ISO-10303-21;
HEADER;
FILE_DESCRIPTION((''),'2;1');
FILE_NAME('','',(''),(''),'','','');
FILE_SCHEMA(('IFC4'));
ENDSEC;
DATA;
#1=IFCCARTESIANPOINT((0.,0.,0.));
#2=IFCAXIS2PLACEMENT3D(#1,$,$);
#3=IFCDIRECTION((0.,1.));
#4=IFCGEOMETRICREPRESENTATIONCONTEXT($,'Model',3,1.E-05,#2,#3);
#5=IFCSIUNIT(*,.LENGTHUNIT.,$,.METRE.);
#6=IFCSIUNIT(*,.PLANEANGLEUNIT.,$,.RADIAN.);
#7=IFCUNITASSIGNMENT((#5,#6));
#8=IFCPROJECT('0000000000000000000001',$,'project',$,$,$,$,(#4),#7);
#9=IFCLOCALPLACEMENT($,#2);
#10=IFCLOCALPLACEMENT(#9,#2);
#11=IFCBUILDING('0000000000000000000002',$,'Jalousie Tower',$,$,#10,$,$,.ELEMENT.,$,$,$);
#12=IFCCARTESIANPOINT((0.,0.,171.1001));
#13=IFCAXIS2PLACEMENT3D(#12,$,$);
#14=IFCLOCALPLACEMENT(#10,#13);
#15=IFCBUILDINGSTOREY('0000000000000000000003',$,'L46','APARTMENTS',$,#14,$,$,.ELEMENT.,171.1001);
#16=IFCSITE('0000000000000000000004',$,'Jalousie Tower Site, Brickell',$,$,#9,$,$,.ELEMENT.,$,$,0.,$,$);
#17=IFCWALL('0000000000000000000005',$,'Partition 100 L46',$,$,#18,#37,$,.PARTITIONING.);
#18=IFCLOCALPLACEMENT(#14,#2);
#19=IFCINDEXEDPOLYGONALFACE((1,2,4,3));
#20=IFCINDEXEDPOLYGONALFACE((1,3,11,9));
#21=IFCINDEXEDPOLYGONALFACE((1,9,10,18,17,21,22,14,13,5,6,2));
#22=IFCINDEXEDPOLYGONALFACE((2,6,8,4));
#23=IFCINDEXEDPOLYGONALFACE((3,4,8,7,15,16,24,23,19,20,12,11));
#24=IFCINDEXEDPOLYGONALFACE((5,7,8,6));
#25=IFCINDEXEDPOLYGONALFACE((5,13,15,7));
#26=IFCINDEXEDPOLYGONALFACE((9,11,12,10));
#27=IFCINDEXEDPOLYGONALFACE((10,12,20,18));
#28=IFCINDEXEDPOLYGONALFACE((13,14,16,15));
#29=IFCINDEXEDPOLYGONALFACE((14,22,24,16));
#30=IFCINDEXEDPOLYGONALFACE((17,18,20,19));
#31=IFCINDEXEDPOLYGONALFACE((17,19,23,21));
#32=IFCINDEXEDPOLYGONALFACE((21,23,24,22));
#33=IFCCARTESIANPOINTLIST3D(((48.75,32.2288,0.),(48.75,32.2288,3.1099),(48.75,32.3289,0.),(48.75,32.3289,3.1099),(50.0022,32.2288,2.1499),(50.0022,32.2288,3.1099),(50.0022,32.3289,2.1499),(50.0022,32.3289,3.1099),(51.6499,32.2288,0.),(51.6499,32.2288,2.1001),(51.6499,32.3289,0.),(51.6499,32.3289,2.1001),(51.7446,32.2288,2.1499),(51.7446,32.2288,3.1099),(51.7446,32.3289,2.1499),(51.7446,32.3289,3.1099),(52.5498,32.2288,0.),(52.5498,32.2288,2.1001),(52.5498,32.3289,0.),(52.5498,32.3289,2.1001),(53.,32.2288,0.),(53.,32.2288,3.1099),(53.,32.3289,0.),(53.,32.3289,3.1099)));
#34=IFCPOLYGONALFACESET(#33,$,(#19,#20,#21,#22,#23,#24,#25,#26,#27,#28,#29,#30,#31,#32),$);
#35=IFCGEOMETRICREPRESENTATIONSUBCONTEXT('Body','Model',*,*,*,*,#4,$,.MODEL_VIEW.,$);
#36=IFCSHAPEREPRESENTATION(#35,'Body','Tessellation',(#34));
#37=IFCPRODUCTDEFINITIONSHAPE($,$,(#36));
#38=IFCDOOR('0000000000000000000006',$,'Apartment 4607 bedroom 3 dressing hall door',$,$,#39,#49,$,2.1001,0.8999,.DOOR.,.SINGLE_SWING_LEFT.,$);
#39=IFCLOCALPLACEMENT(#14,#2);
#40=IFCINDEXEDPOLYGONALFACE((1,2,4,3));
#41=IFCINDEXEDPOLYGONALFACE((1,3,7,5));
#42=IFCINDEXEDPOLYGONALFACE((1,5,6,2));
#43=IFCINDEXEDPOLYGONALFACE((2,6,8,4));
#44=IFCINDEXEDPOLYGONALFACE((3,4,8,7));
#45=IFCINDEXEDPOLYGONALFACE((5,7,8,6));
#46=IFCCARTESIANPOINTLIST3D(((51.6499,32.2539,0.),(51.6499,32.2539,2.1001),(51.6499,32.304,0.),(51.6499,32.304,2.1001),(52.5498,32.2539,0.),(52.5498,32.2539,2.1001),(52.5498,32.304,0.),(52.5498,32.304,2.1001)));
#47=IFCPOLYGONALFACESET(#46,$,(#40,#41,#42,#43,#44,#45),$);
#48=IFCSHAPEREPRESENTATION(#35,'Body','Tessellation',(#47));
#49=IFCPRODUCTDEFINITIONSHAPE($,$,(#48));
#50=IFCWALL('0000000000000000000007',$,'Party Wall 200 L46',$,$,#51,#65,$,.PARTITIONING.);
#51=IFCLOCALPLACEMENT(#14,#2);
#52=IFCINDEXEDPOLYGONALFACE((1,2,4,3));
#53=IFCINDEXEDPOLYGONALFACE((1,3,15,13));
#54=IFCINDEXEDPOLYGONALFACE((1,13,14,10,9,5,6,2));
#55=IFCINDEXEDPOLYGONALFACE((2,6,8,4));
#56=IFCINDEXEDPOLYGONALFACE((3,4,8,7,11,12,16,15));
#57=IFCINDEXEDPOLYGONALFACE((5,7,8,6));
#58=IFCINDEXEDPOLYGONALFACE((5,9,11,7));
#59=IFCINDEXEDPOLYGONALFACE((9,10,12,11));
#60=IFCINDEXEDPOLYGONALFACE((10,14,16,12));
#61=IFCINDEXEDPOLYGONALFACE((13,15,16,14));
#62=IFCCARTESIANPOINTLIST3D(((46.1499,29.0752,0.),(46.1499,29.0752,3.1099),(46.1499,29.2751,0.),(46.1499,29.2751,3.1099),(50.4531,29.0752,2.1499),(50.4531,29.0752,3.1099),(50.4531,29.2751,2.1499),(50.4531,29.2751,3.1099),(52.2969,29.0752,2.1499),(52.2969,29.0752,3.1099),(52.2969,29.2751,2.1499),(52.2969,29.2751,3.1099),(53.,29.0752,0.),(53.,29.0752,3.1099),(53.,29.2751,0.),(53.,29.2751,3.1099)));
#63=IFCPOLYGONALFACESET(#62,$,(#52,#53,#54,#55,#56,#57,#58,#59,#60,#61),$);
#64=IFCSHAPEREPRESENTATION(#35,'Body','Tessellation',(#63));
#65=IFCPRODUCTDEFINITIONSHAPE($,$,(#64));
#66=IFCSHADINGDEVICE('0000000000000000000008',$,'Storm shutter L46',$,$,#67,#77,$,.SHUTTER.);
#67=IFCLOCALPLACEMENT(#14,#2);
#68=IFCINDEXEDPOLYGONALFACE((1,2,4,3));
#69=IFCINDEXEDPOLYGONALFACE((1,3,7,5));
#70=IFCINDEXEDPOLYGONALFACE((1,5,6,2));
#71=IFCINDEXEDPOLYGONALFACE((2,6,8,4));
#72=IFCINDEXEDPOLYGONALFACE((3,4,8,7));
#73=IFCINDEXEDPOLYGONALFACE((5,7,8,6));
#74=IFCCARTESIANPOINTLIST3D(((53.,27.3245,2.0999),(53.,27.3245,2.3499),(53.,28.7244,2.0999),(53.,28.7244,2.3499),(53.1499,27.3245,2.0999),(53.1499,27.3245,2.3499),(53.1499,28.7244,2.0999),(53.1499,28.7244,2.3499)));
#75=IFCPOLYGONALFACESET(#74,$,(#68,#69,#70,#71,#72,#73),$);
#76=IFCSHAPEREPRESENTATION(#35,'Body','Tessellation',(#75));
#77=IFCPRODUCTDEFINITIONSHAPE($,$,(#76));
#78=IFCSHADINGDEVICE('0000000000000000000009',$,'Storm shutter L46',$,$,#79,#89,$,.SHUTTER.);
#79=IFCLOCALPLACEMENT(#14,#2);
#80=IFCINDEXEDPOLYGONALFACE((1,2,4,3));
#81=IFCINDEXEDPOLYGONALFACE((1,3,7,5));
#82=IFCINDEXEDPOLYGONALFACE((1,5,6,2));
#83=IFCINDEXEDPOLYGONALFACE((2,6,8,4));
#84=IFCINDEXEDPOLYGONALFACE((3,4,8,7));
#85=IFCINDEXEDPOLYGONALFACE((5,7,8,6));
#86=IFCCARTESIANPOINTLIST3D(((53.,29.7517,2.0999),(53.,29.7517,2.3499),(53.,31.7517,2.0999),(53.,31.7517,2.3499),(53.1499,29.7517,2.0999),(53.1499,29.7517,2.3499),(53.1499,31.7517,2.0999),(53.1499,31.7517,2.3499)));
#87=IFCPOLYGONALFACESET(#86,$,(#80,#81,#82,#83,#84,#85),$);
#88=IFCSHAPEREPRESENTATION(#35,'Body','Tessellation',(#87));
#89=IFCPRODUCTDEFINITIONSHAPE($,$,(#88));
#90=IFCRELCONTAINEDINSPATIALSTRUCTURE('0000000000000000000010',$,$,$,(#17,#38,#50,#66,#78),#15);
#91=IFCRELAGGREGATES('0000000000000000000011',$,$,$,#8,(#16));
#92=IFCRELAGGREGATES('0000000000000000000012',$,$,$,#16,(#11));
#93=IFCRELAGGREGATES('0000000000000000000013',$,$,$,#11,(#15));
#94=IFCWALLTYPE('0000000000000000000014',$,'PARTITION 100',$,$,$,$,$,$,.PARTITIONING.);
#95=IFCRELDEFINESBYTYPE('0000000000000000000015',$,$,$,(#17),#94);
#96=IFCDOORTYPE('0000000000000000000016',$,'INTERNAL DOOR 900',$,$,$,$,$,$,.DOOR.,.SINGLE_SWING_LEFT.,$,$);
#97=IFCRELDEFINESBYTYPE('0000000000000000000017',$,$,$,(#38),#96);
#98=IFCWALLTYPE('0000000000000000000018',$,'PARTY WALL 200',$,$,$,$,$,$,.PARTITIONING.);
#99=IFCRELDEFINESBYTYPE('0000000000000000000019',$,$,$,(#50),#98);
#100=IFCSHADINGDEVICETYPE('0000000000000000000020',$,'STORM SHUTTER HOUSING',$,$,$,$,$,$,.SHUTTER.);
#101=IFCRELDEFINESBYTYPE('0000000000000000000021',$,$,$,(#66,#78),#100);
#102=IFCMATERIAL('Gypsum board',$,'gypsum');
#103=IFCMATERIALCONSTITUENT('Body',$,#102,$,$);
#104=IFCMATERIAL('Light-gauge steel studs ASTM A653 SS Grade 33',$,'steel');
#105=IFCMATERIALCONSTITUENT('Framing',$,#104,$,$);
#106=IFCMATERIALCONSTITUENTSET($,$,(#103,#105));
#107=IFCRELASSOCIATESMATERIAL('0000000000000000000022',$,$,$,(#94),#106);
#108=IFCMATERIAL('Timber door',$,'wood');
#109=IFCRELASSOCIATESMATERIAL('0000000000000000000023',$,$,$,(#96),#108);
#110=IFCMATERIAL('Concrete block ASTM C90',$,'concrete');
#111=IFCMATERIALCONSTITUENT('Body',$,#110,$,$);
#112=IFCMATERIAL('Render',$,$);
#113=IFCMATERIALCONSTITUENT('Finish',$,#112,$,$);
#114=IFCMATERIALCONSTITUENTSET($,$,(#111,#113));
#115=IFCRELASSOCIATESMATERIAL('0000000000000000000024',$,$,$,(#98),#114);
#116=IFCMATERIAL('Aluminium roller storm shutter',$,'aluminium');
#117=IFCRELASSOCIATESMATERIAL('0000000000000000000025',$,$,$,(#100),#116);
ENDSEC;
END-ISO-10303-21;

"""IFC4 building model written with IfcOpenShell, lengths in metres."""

from ifc_helpers import new_model, si_unit, direction, frame, frame_2d, origin, origin_2d, place, context, subcontext, project, spatial, polyline, rectangle, outline, extrude, material, constituent, constituent_set, type_object, element, fill, save


model = new_model("IFC4")

# Units and contexts
model_context = context("Model", 3, precision=1e-05, world=origin(), true_north=direction((0.0, 1.0)))
body_context = subcontext(model_context, "Body", "Model", "MODEL_VIEW")
ifc_project = project(units=[si_unit("LENGTHUNIT", "METRE"), si_unit("PLANEANGLEUNIT", "RADIAN")], contexts=[model_context])

# Site, building, storey
site_placement = place(None, origin())
site = spatial("IfcSite", under=ifc_project, at=site_placement, Name="Jalousie Tower Site, Brickell", CompositionType="ELEMENT", RefElevation=0.0)
building_placement = place(site_placement, origin())
building = spatial("IfcBuilding", under=site, at=building_placement, Name="Jalousie Tower", CompositionType="ELEMENT")
storey_placement = place(building_placement, frame((0.0, 0.0, 171.1001)))
storey = spatial("IfcBuildingStorey", under=building, at=storey_placement, Name="L46", Description="APARTMENTS", CompositionType="ELEMENT", Elevation=171.1001)

# Wall, opening, door
ifc_material_1 = material(Name="Gypsum board", Category="gypsum")
ifc_constituent_1 = constituent(ifc_material_1, Name="Body")
ifc_material_2 = material(Name="Light-gauge steel studs ASTM A653 SS Grade 33", Category="steel")
ifc_constituent_2 = constituent(ifc_material_2, Name="Framing")
ifc_constituent_set_1 = constituent_set(constituents=[ifc_constituent_1, ifc_constituent_2])
wall_type_1 = type_object("IfcWallType", Name="PARTITION 100", PredefinedType="PARTITIONING", material=ifc_constituent_set_1)
wall_1_placement = place(storey_placement, frame((48.75, 32.2788, 0.0), z_axis=(0.0, 0.0, 1.0), x_axis=(1.0, 0.0, 0.0)))
wall_1 = element("IfcWall", 1, at=wall_1_placement, inside=storey, type_object=wall_type_1, Name="Partition 100 L46", PredefinedType="PARTITIONING", context=body_context, shape_type="SweptSolid", body=[
    extrude(outline(polyline([(0.0, 0.0), (4.25, 0.0), (4.25, 3.1099), (2.9946, 3.1099), (2.9946, 2.1499), (1.2522, 2.1499), (1.2522, 3.1099), (0.0, 3.1099), (0.0, 0.0)])), frame((0.0, 0.05, 0.0), z_axis=(0.0, -1.0, 0.0), x_axis=(1.0, 0.0, 0.0)), (0.0, 0.0, 1.0), 0.1001),
])
opening_placement = place(wall_1_placement, frame((2.8999, 0.0, 0.0)))
opening = element("IfcOpeningElement", 2, at=opening_placement, cuts=wall_1, PredefinedType="OPENING", context=body_context, shape_type="SweptSolid", body=[
    extrude(rectangle(XDim=0.8999, YDim=2.1001, at=frame_2d((0.45, 1.05))), frame((0.0, 0.0601, 0.0), z_axis=(0.0, -1.0, 0.0), x_axis=(1.0, 0.0, 0.0)), (0.0, 0.0, 1.0), 0.1201),
])
ifc_material_3 = material(Name="Timber door", Category="wood")
door_type = type_object("IfcDoorType", Name="INTERNAL DOOR 900", OperationType="SINGLE_SWING_LEFT", PredefinedType="DOOR", material=ifc_material_3)
door_placement = place(opening_placement, frame((0.8999, 0.0, 0.0), z_axis=(0.0, 0.0, 1.0), x_axis=(-1.0, 0.0, 0.0)))
door = element("IfcDoor", 3, at=door_placement, inside=storey, type_object=door_type, Name="Apartment 4607 bedroom 3 dressing hall door", OperationType="SINGLE_SWING_LEFT", OverallHeight=2.1001, OverallWidth=0.8999, PredefinedType="DOOR", context=body_context, shape_type="SweptSolid", body=[
    extrude(rectangle(XDim=0.8999, YDim=2.1001, at=frame_2d((0.45, 1.05))), frame((0.0, 0.0249, 0.0), z_axis=(0.0, -1.0, 0.0), x_axis=(1.0, 0.0, 0.0)), (0.0, 0.0, 1.0), 0.05),
])
fill(opening, door)

# Wall
ifc_material_4 = material(Name="Concrete block ASTM C90", Category="concrete")
ifc_constituent_3 = constituent(ifc_material_4, Name="Body")
ifc_material_5 = material(Name="Render")
ifc_constituent_4 = constituent(ifc_material_5, Name="Finish")
ifc_constituent_set_2 = constituent_set(constituents=[ifc_constituent_3, ifc_constituent_4])
wall_type_2 = type_object("IfcWallType", Name="PARTY WALL 200", PredefinedType="PARTITIONING", material=ifc_constituent_set_2)
wall_2_placement = place(storey_placement, frame((46.1499, 29.175, 0.0), z_axis=(0.0, 0.0, 1.0), x_axis=(1.0, 0.0, 0.0)))
element("IfcWall", 4, at=wall_2_placement, inside=storey, type_object=wall_type_2, Name="Party Wall 200 L46", PredefinedType="PARTITIONING", context=body_context, shape_type="SweptSolid", body=[
    extrude(outline(polyline([(0.0, 0.0), (6.8501, 0.0), (6.8501, 3.1099), (6.147, 3.1099), (6.147, 2.1499), (4.3032, 2.1499), (4.3032, 3.1099), (0.0, 3.1099), (0.0, 0.0)])), frame((0.0, 0.1001, 0.0), z_axis=(0.0, -1.0, 0.0), x_axis=(1.0, 0.0, 0.0)), (0.0, 0.0, 1.0), 0.2),
])

# Shading devices
ifc_material_6 = material(Name="Aluminium roller storm shutter", Category="aluminium")
shading_device_type = type_object("IfcShadingDeviceType", Name="STORM SHUTTER HOUSING", PredefinedType="SHUTTER", material=ifc_material_6)
shading_device_1_placement = place(storey_placement, frame((53.075, 28.0244, 2.0999), z_axis=(0.0, 0.0, 1.0), x_axis=(0.0, 1.0, 0.0)))
element("IfcShadingDevice", 5, at=shading_device_1_placement, inside=storey, type_object=shading_device_type, Name="Storm shutter L46", PredefinedType="SHUTTER", context=body_context, shape_type="SweptSolid", body=[
    extrude(rectangle(XDim=1.3999, YDim=0.1499, at=origin_2d()), origin(), (0.0, 0.0, 1.0), 0.25),
])
shading_device_2_placement = place(storey_placement, frame((53.075, 30.7517, 2.0999), z_axis=(0.0, 0.0, 1.0), x_axis=(0.0, 1.0, 0.0)))
element("IfcShadingDevice", 6, at=shading_device_2_placement, inside=storey, type_object=shading_device_type, Name="Storm shutter L46", PredefinedType="SHUTTER", context=body_context, shape_type="SweptSolid", body=[
    extrude(rectangle(XDim=2.0, YDim=0.1499, at=origin_2d()), origin(), (0.0, 0.0, 1.0), 0.25),
])

save(model, "model.ifc")
